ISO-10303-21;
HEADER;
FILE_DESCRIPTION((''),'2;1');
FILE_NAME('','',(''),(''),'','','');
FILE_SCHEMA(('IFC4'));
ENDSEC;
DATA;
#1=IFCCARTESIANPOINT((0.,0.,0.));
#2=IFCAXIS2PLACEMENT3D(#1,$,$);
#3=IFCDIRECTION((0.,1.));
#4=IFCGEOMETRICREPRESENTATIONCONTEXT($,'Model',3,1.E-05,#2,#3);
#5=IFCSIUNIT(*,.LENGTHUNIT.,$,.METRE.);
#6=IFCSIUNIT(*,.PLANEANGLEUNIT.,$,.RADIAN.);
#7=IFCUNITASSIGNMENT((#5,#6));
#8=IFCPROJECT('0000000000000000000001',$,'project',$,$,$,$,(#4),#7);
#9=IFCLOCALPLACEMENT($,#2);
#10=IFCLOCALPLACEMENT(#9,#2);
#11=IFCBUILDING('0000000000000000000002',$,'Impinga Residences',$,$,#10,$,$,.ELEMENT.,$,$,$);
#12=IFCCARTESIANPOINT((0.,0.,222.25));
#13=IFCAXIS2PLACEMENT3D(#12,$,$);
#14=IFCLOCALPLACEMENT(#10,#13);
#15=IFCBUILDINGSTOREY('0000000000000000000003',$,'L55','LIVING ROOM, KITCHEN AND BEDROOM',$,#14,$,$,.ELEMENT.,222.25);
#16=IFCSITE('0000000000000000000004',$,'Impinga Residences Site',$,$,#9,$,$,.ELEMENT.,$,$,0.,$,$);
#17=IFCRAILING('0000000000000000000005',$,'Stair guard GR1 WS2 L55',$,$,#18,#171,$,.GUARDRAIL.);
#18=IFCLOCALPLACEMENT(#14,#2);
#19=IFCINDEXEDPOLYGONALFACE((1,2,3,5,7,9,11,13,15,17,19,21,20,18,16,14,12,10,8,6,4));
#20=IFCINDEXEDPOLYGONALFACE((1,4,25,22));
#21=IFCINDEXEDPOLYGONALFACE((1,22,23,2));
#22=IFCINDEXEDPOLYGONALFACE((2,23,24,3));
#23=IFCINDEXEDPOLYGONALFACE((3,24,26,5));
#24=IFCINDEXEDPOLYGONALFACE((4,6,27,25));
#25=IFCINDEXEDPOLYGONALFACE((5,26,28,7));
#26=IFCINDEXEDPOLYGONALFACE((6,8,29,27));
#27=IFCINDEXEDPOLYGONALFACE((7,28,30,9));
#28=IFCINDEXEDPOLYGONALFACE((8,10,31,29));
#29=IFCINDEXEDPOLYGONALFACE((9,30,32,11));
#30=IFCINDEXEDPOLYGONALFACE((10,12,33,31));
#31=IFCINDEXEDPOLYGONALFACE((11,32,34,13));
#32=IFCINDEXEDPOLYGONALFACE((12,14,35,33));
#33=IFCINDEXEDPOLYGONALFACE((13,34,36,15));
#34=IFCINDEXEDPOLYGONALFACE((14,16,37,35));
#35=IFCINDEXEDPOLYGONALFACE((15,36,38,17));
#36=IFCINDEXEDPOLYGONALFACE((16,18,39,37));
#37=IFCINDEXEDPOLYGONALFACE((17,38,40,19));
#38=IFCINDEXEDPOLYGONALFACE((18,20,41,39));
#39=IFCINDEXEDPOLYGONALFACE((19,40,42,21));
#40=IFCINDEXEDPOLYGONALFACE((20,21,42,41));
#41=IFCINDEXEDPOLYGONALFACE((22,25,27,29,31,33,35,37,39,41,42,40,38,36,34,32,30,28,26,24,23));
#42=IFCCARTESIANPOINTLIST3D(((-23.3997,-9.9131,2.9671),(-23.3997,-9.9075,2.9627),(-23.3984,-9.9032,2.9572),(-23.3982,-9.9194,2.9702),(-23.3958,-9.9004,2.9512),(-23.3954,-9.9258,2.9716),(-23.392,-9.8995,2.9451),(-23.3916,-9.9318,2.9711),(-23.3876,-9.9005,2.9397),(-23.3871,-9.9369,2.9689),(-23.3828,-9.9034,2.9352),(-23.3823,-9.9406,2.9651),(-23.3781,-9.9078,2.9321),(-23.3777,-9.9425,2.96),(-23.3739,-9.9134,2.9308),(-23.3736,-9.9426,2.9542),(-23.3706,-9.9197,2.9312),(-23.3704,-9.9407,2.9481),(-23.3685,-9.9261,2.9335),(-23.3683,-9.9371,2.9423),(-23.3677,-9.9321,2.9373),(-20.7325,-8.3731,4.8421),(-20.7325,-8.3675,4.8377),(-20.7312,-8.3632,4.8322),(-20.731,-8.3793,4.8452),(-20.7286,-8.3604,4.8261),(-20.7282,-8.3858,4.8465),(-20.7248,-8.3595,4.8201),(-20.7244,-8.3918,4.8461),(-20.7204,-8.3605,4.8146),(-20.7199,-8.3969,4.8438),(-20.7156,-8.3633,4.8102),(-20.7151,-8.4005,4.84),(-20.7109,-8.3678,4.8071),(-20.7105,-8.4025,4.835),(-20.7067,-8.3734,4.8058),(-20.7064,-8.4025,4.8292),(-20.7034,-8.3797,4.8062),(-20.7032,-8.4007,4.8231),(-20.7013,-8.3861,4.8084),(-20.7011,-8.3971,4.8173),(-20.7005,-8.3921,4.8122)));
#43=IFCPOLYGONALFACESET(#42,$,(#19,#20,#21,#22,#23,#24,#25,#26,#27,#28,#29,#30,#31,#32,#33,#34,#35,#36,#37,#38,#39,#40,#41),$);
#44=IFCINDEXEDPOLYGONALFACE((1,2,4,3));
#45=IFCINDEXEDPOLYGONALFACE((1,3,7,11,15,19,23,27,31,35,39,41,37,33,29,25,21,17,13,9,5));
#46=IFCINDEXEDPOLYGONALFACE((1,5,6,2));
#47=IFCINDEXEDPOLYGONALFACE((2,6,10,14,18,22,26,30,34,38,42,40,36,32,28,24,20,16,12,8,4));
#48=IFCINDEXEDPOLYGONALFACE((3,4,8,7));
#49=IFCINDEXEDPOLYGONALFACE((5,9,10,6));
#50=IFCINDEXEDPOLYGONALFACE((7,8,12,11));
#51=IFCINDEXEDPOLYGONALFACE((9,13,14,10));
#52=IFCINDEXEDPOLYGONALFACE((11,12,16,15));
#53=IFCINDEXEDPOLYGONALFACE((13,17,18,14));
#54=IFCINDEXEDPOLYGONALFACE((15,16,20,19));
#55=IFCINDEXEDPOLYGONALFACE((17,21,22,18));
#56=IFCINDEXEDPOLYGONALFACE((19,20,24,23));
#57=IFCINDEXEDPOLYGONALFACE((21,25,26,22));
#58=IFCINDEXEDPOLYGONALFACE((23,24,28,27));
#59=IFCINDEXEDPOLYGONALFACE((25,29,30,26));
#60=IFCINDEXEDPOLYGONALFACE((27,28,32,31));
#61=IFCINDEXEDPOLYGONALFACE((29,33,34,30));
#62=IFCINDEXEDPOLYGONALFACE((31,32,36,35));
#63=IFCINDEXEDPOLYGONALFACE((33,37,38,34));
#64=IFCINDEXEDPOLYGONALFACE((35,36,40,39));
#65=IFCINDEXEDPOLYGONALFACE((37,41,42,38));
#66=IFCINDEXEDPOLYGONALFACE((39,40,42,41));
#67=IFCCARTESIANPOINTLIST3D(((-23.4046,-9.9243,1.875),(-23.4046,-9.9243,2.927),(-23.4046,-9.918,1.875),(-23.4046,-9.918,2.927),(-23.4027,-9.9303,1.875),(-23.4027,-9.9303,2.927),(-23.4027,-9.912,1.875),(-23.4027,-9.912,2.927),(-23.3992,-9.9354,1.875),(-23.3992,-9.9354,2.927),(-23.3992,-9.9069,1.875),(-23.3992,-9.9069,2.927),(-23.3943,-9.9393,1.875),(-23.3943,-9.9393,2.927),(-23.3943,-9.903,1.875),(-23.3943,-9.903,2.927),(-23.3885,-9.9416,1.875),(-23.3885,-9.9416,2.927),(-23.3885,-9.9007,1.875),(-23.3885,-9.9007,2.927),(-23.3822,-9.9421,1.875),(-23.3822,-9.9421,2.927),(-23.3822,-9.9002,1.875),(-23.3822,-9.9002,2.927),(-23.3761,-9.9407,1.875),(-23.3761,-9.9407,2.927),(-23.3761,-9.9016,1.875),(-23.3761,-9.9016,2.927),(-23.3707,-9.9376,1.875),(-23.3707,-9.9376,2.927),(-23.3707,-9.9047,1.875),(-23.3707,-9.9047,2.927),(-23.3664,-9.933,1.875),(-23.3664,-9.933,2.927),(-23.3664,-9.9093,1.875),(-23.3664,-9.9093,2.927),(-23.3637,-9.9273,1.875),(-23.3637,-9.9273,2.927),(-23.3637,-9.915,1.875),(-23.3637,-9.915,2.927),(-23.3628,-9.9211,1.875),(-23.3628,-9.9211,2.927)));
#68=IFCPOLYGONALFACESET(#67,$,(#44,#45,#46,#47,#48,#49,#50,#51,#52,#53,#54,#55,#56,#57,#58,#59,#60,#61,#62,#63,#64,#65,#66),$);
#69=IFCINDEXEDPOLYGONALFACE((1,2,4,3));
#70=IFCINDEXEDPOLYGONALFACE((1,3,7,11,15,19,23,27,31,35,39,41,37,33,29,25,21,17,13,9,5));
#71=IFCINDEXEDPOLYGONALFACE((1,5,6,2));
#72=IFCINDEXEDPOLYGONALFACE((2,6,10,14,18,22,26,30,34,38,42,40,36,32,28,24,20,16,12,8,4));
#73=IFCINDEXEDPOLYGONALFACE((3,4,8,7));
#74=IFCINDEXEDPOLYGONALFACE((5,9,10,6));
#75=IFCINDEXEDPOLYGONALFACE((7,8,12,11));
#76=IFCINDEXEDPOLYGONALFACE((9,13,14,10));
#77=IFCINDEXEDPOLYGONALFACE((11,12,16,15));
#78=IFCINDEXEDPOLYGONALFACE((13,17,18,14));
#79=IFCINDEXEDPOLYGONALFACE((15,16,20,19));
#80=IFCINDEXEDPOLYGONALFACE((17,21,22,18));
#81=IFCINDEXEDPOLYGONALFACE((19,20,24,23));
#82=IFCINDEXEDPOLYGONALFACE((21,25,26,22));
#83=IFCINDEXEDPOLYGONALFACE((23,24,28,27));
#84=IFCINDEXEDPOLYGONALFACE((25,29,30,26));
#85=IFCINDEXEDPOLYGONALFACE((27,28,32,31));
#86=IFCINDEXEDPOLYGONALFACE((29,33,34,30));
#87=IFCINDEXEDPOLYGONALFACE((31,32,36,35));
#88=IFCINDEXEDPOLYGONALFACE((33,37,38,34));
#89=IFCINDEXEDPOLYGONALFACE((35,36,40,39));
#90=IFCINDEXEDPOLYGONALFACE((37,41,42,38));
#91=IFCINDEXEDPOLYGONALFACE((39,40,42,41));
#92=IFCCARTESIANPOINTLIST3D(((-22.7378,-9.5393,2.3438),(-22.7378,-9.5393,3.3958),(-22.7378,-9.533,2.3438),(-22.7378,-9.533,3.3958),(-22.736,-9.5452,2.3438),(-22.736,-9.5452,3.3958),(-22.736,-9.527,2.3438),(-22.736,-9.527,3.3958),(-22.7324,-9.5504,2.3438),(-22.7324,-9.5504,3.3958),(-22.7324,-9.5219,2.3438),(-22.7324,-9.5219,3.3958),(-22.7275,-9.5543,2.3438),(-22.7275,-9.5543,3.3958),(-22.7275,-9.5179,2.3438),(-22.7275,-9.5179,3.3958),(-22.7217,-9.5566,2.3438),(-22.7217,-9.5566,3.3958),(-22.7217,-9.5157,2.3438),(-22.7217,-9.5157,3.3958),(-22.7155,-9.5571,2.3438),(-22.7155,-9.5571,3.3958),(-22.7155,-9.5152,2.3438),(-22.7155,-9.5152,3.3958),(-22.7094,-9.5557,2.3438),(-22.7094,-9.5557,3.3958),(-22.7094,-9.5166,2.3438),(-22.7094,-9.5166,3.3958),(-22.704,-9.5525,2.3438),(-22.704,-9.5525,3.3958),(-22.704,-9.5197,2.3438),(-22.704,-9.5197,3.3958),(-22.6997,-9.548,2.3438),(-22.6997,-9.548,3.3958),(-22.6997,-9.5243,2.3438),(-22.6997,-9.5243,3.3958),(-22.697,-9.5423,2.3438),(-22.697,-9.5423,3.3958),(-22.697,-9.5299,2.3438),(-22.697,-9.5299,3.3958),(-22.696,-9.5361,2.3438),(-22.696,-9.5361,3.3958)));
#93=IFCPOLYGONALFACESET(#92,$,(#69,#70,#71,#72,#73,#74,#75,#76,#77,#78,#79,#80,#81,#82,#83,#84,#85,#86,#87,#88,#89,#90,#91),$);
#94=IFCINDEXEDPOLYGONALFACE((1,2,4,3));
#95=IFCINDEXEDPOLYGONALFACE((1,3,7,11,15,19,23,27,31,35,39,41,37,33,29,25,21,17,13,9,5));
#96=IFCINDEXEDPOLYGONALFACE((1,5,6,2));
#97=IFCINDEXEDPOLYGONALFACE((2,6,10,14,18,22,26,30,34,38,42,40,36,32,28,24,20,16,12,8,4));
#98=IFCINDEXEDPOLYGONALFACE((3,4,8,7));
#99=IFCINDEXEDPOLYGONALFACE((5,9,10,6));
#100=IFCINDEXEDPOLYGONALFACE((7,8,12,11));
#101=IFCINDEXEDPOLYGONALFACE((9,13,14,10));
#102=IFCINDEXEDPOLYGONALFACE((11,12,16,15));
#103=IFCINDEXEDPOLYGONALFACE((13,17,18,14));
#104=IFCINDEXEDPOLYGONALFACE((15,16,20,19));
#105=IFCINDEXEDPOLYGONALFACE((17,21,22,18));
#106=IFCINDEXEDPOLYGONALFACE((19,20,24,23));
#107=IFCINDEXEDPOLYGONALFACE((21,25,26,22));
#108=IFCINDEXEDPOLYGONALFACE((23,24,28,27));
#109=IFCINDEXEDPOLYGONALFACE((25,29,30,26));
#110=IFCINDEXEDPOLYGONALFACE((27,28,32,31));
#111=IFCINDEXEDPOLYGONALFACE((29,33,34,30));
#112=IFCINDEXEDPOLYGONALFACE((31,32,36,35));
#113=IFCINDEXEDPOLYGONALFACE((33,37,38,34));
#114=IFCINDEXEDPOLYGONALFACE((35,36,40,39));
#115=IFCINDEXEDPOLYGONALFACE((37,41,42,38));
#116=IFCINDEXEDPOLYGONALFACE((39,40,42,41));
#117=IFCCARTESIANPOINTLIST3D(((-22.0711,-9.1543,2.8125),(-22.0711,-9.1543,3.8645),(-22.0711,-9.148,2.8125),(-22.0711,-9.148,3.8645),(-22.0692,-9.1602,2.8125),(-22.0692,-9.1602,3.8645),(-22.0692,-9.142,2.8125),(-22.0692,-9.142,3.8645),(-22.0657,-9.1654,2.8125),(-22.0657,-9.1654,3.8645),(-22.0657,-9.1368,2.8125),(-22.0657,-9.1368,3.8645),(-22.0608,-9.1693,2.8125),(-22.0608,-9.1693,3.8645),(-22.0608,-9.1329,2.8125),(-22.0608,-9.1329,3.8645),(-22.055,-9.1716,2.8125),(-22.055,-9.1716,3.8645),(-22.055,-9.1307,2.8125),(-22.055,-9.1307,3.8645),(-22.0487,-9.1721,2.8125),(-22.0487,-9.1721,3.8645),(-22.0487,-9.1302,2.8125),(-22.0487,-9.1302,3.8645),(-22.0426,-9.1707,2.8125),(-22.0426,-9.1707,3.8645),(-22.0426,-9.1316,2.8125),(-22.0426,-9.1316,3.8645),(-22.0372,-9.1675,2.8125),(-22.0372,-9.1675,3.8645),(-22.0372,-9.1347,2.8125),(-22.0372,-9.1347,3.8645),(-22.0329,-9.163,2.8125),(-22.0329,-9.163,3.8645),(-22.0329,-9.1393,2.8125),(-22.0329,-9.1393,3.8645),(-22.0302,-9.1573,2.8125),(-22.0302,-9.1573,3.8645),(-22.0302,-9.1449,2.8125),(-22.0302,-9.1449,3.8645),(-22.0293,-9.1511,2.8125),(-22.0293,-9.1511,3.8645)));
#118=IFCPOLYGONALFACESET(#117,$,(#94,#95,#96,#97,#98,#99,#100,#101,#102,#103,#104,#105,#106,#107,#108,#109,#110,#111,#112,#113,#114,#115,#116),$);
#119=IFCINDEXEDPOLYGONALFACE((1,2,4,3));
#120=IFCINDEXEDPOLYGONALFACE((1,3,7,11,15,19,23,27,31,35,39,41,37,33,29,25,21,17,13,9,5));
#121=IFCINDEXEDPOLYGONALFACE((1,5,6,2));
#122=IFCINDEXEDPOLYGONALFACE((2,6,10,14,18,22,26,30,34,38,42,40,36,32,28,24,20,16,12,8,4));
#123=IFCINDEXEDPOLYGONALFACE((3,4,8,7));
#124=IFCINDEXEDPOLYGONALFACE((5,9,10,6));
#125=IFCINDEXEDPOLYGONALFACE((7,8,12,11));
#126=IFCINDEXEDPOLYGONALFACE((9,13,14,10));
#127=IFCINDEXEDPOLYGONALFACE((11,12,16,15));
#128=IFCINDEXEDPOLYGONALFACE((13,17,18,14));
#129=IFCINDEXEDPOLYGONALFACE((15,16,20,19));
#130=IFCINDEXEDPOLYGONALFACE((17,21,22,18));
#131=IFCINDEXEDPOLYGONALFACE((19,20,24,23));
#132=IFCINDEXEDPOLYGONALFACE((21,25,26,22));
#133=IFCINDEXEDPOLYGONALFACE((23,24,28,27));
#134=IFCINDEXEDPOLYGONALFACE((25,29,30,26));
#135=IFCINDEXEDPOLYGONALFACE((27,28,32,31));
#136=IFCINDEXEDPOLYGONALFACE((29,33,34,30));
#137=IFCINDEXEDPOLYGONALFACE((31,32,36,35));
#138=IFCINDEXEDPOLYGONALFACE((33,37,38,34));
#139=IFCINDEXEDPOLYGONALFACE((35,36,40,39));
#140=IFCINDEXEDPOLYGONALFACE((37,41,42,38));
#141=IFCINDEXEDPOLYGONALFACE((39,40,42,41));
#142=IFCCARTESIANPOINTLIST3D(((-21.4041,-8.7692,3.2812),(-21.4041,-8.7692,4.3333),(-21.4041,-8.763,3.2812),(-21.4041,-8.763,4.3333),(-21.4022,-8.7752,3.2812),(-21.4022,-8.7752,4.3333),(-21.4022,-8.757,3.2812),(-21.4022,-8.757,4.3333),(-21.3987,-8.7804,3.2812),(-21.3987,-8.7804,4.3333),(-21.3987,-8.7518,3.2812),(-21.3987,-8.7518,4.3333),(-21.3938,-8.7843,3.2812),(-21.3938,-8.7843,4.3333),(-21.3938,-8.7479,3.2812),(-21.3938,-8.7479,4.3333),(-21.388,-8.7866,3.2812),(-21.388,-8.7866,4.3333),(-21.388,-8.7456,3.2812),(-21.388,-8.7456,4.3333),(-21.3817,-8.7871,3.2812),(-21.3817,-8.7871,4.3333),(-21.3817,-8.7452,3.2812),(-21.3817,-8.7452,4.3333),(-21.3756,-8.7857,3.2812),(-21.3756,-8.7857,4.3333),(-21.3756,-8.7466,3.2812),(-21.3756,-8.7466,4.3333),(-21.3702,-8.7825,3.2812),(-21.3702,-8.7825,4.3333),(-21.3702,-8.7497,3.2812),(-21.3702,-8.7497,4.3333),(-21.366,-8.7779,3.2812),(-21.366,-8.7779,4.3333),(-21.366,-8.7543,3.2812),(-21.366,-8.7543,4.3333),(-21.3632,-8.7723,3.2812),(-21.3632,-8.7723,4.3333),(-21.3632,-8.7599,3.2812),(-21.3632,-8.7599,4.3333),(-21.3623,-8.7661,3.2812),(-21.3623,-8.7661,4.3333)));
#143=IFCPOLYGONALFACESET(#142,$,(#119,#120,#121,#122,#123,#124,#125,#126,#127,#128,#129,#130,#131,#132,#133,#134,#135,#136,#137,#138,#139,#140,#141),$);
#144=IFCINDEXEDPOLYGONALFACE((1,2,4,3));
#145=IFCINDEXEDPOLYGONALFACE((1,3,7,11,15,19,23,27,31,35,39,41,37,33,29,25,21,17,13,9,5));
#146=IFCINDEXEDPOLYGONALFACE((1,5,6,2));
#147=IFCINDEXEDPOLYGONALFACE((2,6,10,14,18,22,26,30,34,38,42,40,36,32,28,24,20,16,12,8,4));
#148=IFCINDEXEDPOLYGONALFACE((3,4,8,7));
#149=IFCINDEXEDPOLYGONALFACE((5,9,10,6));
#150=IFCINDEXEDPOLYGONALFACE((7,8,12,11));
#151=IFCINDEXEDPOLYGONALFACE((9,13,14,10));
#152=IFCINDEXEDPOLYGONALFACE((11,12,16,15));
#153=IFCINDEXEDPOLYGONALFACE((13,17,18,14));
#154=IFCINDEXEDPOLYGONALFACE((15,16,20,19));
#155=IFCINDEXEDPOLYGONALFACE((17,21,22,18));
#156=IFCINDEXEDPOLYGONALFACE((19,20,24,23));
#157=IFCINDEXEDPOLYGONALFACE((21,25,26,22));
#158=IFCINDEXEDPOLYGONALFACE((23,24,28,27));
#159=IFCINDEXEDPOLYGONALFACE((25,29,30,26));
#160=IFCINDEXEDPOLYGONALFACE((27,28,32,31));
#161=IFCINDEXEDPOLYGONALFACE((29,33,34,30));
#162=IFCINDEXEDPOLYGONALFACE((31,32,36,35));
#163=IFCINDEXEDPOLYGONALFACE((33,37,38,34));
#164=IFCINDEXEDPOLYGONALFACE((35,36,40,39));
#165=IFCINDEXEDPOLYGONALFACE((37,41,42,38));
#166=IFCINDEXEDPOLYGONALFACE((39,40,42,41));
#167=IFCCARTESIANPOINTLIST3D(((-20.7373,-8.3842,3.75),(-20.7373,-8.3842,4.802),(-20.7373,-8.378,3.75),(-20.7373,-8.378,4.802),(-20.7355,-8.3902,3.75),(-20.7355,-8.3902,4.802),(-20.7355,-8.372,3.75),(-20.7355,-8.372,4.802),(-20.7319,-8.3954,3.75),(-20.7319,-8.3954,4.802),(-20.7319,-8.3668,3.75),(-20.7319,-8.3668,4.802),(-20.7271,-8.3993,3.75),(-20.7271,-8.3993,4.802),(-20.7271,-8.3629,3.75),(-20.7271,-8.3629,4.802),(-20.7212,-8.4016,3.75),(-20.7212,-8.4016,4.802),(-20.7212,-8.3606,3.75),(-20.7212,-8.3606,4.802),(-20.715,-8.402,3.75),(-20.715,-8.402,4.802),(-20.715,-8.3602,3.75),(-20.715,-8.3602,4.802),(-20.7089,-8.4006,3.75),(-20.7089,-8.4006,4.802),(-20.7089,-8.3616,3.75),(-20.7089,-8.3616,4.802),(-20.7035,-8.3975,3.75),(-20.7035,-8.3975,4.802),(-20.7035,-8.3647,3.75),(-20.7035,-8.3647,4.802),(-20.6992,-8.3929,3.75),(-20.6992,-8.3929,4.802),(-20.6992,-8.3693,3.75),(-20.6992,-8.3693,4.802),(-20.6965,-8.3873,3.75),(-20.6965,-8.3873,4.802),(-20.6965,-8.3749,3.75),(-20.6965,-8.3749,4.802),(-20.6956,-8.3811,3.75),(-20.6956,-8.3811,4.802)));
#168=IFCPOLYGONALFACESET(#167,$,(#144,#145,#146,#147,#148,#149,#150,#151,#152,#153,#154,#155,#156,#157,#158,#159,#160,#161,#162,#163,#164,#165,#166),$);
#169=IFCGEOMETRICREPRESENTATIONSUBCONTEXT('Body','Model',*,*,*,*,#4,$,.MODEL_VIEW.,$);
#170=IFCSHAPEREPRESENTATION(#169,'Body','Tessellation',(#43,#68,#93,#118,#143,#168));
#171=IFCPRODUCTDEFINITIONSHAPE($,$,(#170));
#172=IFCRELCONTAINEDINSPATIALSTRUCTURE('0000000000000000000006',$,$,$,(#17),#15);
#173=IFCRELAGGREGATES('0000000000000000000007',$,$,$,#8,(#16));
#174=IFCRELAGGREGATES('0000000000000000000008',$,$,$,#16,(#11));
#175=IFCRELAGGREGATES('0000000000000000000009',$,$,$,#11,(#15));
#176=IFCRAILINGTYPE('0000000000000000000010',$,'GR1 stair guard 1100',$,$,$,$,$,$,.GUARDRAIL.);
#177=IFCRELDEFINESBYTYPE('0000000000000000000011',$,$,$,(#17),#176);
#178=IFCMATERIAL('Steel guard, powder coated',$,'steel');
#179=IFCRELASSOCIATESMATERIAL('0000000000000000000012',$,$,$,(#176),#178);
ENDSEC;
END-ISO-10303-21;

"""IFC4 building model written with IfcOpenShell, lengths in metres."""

from ifc_helpers import new_model, si_unit, direction, frame, origin, origin_2d, place, context, subcontext, project, spatial, circle, extrude, material, type_object, element, save


model = new_model("IFC4")

# Units and contexts
model_context = context("Model", 3, precision=1e-05, world=origin(), true_north=direction((0.0, 1.0)))
body_context = subcontext(model_context, "Body", "Model", "MODEL_VIEW")
ifc_project = project(units=[si_unit("LENGTHUNIT", "METRE"), si_unit("PLANEANGLEUNIT", "RADIAN")], contexts=[model_context])

# Site, building, storey
site_placement = place(None, origin())
site = spatial("IfcSite", under=ifc_project, at=site_placement, Name="Impinga Residences Site", CompositionType="ELEMENT", RefElevation=0.0)
building_placement = place(site_placement, origin())
building = spatial("IfcBuilding", under=site, at=building_placement, Name="Impinga Residences", CompositionType="ELEMENT")
storey_placement = place(building_placement, frame((0.0, 0.0, 222.25)))
storey = spatial("IfcBuildingStorey", under=building, at=storey_placement, Name="L55", Description="LIVING ROOM, KITCHEN AND BEDROOM", CompositionType="ELEMENT", Elevation=222.25)

# Railing
ifc_material_1 = material(Name="Steel guard, powder coated", Category="steel")
railing_type_1 = type_object("IfcRailingType", Name="GR1 stair guard 1100", PredefinedType="GUARDRAIL", material=ifc_material_1)
railing_1_placement = place(storey_placement, frame((-23.3838, -9.9211, 1.875)))
element("IfcRailing", 1, at=railing_1_placement, inside=storey, type_object=railing_type_1, Name="Stair guard GR1 WS2 L55", PredefinedType="GUARDRAIL", context=body_context, shape_type="SweptSolid", body=[
    extrude(circle(Radius=0.0239, at=origin_2d()), frame((0.0, 0.0, 1.0762), z_axis=(0.739716, 0.427105, 0.520002), x_axis=(-0.500027, 0.86601, 0.0)), (0.0, 0.0, 1.0), 3.6057),
    extrude(circle(Radius=0.021, at=origin_2d()), origin(), (0.0, 0.0, 1.0), 1.052),
    extrude(circle(Radius=0.021, at=origin_2d()), frame((0.6667, 0.385, 0.4688)), (0.0, 0.0, 1.0), 1.052),
    extrude(circle(Radius=0.021, at=origin_2d()), frame((1.3335, 0.77, 0.9375)), (0.0, 0.0, 1.0), 1.052),
    extrude(circle(Radius=0.021, at=origin_2d()), frame((2.0005, 1.155, 1.4062)), (0.0, 0.0, 1.0), 1.052),
    extrude(circle(Radius=0.021, at=origin_2d()), frame((2.6672, 1.54, 1.875)), (0.0, 0.0, 1.0), 1.052),
])

save(model, "model.ifc")
